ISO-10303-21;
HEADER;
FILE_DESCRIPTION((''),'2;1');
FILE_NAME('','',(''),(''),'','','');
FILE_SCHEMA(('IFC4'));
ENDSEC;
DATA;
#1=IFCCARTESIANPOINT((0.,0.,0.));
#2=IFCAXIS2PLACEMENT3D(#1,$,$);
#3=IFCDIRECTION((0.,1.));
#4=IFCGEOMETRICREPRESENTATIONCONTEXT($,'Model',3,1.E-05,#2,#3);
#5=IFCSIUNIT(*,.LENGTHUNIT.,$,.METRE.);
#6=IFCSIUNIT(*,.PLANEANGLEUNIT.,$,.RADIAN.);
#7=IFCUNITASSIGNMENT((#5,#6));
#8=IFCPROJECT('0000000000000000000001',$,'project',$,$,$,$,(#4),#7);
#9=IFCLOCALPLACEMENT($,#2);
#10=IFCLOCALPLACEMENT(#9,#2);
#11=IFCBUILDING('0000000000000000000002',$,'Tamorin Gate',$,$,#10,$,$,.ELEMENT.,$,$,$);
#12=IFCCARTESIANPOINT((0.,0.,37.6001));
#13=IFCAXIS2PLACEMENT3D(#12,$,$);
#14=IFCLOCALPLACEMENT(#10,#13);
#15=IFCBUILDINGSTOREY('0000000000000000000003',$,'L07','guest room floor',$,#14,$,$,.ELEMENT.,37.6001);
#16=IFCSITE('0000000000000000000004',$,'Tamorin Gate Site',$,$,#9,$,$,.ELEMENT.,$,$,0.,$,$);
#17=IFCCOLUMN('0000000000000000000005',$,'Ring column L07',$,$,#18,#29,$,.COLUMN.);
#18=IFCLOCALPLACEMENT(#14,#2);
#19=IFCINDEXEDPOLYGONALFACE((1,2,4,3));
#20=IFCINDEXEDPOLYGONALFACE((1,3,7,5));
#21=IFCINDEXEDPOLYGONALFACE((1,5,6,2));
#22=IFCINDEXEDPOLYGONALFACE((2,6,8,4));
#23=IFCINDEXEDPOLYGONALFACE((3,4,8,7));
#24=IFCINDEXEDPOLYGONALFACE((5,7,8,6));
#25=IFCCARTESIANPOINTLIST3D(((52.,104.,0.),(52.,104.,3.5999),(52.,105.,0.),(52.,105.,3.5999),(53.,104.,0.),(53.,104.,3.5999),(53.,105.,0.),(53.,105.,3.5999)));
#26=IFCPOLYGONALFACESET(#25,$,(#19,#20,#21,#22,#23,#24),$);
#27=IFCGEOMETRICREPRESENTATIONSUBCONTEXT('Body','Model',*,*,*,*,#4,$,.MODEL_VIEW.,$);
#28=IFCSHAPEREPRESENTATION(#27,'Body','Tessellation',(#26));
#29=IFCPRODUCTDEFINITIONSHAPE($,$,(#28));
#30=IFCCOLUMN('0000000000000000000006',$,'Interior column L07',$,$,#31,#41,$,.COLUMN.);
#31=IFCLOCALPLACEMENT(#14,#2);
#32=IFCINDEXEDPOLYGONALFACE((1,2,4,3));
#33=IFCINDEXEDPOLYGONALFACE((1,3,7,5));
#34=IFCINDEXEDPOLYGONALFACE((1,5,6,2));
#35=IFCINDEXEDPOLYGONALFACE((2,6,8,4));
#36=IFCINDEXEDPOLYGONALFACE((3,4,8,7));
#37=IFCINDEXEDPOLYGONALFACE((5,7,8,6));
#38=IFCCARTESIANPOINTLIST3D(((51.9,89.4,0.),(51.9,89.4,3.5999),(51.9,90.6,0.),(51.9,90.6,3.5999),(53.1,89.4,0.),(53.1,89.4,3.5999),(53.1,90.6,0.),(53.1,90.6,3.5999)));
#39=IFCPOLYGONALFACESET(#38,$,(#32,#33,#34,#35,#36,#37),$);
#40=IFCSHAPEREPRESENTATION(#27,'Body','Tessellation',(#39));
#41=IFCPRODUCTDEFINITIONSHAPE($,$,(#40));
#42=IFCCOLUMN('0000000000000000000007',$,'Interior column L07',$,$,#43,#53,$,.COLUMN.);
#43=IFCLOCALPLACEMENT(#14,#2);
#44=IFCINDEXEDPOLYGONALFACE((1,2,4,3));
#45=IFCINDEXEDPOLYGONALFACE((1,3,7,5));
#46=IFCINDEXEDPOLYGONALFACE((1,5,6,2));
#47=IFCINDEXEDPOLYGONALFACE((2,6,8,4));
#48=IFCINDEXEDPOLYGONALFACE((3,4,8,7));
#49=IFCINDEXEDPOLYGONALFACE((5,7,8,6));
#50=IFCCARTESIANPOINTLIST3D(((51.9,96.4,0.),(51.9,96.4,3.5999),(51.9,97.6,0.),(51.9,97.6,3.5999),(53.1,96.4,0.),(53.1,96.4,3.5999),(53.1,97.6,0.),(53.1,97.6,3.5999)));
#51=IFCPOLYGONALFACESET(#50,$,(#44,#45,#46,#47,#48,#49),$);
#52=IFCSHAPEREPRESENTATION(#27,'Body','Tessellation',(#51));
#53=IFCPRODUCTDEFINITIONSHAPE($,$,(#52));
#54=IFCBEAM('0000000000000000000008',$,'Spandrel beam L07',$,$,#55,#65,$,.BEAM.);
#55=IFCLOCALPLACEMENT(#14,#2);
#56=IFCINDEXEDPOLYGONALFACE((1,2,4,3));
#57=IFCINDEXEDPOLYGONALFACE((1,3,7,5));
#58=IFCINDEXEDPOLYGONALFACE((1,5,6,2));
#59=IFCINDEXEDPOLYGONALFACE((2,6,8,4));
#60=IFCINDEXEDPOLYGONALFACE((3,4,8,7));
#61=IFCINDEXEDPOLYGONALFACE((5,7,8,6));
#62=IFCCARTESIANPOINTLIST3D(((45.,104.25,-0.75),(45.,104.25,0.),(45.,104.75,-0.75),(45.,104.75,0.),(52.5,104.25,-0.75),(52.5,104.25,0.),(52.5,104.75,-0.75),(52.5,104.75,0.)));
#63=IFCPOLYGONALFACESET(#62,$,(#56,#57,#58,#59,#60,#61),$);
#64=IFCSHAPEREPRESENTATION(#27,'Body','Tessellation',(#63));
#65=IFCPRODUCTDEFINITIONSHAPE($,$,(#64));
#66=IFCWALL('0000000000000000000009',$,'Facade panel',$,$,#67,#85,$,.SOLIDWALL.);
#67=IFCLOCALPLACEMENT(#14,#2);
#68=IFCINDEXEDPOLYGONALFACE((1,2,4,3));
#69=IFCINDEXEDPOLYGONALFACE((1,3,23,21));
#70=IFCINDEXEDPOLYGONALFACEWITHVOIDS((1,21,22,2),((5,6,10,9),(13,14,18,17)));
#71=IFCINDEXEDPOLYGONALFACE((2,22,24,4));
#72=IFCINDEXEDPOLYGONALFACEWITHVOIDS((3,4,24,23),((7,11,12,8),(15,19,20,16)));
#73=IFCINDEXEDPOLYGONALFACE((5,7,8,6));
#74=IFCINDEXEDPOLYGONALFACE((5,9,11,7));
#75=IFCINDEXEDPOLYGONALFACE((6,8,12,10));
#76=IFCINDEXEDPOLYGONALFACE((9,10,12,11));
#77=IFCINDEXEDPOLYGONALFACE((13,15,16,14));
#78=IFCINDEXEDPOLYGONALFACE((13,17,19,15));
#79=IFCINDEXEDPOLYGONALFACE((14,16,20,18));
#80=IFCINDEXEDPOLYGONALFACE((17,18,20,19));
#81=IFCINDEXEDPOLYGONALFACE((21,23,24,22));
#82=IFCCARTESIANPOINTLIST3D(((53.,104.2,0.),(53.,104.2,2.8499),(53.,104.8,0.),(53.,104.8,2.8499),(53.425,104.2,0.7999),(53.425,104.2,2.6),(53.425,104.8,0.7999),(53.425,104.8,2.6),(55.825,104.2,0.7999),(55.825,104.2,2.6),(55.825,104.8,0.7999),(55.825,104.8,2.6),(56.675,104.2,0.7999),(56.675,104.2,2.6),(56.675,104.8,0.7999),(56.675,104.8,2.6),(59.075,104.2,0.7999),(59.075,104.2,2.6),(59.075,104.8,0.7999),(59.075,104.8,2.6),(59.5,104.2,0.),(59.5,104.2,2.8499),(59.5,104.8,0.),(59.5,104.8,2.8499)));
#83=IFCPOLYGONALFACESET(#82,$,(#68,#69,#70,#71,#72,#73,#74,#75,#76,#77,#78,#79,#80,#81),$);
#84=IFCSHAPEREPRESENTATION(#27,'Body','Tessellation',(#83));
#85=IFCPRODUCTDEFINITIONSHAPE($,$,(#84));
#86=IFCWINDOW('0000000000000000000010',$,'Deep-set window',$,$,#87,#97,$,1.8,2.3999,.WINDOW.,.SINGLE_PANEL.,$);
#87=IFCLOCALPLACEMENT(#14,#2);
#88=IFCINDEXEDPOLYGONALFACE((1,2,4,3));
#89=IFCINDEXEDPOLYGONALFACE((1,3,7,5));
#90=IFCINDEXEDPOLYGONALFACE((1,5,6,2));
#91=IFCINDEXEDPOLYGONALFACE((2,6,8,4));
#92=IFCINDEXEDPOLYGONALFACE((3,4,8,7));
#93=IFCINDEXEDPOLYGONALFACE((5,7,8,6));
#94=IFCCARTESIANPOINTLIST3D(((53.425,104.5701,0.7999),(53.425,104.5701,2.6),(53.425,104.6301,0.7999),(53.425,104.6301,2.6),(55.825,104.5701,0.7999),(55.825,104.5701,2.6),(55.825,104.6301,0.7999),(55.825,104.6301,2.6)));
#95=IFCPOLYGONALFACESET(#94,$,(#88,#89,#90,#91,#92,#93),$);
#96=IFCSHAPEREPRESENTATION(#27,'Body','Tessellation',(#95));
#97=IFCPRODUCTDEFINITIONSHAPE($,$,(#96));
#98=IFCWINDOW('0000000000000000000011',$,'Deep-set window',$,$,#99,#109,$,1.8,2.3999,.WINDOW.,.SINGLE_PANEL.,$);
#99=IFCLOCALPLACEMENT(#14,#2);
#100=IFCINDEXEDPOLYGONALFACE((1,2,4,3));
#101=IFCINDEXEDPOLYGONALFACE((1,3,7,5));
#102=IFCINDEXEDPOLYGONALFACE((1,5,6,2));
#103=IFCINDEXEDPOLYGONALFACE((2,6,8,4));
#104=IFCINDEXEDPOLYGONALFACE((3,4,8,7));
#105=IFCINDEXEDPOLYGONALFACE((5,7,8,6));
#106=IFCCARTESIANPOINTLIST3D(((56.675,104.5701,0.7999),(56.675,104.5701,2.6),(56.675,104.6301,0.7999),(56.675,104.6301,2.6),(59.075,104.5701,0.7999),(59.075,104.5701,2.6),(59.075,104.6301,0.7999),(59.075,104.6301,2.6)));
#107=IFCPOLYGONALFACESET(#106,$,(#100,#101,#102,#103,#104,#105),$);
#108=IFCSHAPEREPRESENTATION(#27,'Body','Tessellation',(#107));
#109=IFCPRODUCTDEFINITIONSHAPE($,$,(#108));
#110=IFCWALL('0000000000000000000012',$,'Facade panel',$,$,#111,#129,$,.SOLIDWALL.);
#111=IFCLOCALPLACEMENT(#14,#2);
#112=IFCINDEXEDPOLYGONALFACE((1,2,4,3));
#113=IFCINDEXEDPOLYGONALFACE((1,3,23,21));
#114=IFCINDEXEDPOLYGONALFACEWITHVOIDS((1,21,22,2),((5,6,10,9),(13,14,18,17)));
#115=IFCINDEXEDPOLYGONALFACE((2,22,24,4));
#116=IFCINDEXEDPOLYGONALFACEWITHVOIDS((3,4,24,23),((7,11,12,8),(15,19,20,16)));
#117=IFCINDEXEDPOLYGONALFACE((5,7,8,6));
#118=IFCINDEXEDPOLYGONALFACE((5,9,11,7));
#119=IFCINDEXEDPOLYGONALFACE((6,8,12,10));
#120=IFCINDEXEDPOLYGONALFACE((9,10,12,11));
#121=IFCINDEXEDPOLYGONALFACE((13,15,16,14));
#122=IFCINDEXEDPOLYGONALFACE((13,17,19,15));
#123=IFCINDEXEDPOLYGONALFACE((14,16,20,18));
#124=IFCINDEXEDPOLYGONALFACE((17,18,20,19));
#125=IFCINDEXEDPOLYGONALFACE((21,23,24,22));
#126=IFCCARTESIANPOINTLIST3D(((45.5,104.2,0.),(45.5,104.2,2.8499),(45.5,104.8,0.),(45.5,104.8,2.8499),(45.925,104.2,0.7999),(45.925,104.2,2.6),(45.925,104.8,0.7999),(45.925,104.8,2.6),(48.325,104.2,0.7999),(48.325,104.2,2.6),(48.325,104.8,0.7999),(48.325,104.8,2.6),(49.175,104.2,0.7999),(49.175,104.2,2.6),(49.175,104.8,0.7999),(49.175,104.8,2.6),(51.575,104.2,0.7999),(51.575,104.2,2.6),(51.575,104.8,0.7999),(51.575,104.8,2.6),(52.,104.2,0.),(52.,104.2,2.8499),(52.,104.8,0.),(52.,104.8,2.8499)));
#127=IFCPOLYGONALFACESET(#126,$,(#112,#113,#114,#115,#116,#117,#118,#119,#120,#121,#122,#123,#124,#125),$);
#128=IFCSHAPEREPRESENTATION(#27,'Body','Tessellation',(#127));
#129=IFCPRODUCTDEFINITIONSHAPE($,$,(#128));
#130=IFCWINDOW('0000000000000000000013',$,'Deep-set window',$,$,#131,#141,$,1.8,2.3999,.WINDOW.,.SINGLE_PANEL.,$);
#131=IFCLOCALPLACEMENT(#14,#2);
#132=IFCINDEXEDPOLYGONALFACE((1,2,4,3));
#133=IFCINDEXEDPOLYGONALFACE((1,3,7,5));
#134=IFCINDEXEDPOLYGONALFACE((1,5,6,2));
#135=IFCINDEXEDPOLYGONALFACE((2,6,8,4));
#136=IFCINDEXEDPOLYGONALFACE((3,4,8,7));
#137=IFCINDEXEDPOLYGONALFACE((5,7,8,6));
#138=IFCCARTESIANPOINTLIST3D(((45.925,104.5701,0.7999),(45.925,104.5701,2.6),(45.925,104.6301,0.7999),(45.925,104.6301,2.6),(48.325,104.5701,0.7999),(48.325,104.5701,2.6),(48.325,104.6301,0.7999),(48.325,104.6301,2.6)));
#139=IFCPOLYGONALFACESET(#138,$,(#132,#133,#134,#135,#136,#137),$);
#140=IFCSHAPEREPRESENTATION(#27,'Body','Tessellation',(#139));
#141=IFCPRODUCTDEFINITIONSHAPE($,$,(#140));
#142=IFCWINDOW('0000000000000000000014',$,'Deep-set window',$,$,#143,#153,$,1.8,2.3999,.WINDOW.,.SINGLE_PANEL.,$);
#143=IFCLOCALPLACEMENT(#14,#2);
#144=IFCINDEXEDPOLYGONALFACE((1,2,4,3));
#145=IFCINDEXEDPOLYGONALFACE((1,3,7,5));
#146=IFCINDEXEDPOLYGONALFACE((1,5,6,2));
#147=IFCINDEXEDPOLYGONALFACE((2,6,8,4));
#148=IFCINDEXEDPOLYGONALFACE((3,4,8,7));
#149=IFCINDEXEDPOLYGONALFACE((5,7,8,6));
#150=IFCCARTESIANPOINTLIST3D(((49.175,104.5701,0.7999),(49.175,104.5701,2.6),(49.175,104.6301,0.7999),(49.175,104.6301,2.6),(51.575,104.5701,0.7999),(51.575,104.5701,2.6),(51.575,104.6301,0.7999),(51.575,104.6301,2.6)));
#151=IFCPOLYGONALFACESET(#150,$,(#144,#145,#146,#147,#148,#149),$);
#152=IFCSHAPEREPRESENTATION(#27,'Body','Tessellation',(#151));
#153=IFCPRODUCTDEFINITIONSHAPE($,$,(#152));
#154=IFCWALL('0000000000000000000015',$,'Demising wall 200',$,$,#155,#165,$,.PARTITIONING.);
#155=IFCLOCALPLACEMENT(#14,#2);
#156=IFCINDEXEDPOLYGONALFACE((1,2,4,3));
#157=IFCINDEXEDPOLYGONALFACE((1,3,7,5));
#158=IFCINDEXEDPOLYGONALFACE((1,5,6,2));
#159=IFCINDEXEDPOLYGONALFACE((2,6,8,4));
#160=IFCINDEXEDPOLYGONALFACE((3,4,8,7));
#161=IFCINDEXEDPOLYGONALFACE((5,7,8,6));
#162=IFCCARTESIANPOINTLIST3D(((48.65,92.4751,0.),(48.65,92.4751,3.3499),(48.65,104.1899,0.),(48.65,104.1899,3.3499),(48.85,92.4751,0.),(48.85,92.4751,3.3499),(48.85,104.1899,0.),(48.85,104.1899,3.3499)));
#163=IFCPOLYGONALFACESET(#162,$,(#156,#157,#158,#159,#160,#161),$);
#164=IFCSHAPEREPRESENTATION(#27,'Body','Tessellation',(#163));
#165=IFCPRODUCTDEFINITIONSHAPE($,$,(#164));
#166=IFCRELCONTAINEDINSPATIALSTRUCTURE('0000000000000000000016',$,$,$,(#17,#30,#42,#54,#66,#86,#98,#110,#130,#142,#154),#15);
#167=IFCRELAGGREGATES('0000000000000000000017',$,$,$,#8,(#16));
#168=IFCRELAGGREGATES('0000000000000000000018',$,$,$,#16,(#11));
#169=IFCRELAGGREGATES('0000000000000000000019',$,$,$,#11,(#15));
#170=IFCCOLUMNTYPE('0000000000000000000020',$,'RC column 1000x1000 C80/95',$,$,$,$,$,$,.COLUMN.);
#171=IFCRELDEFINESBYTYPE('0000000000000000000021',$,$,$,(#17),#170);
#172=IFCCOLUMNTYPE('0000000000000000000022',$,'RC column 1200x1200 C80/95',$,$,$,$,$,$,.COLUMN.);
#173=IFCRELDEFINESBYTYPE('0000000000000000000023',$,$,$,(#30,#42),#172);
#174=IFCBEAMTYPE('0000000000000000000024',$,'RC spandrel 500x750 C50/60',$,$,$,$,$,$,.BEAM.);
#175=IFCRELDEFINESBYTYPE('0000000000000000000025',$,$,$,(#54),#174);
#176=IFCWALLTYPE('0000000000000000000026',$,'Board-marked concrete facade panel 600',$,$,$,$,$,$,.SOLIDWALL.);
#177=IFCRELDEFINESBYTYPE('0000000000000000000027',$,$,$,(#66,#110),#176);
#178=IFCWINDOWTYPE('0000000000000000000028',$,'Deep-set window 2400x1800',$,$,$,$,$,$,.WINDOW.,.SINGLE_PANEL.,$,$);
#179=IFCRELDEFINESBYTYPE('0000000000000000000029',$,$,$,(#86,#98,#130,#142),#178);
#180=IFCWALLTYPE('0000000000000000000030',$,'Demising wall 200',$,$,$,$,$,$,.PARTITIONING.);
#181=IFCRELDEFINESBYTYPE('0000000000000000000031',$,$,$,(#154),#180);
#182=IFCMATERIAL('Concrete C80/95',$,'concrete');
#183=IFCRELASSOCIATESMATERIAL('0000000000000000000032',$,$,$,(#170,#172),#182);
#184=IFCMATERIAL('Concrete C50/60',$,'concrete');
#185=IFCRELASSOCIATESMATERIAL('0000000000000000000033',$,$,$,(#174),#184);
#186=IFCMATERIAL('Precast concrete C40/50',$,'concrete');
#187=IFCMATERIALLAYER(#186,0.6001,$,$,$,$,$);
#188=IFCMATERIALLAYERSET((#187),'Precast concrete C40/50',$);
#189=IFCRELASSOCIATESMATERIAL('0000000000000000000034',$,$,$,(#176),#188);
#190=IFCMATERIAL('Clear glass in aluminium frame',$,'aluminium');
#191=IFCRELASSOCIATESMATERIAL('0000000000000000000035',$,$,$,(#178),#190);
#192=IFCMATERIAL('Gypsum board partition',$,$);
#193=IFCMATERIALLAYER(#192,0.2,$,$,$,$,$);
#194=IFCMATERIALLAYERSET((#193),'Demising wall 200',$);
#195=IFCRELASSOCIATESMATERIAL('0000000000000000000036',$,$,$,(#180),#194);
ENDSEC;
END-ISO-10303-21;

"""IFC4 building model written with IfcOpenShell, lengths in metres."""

from ifc_helpers import new_model, si_unit, direction, frame, frame_2d, origin, origin_2d, place, context, subcontext, project, spatial, rectangle, extrude, material, layer, layer_set, material_profile, profile_set, type_object, element, fill, save


model = new_model("IFC4")

# Units and contexts
model_context = context("Model", 3, precision=1e-05, world=origin(), true_north=direction((0.0, 1.0)))
body_context = subcontext(model_context, "Body", "Model", "MODEL_VIEW")
ifc_project = project(units=[si_unit("LENGTHUNIT", "METRE"), si_unit("PLANEANGLEUNIT", "RADIAN")], contexts=[model_context])

# Site, building, storey
site_placement = place(None, origin())
site = spatial("IfcSite", under=ifc_project, at=site_placement, Name="Tamorin Gate Site", CompositionType="ELEMENT", RefElevation=0.0)
building_placement = place(site_placement, origin())
building = spatial("IfcBuilding", under=site, at=building_placement, Name="Tamorin Gate", CompositionType="ELEMENT")
storey_placement = place(building_placement, frame((0.0, 0.0, 37.6001)))
storey = spatial("IfcBuildingStorey", under=building, at=storey_placement, Name="L07", Description="guest room floor", CompositionType="ELEMENT", Elevation=37.6001)

# Columns
ifc_material_1 = material(Name="Concrete C80/95", Category="concrete")
ifc_material_profile_1 = material_profile(ifc_material_1, rectangle(XDim=1.0, YDim=1.0, at=origin_2d()), Name="RC 1000x1000")
ifc_profile_set_1 = profile_set([ifc_material_profile_1], Name="Concrete C80/95")
column_type_1 = type_object("IfcColumnType", Name="RC column 1000x1000 C80/95", PredefinedType="COLUMN", material=ifc_profile_set_1)
column_placement = place(storey_placement, frame((52.5, 104.5, 0.0), z_axis=(0.0, 0.0, 1.0), x_axis=(1.0, 0.0, 0.0)))
element("IfcColumn", 1, at=column_placement, inside=storey, type_object=column_type_1, Name="Ring column L07", PredefinedType="COLUMN", context=body_context, shape_type="SweptSolid", body=[
    extrude(rectangle(XDim=1.0, YDim=1.0, at=origin_2d()), origin(), (0.0, 0.0, 1.0), 3.5999),
])
ifc_material_profile_2 = material_profile(ifc_material_1, rectangle(XDim=1.2, YDim=1.2, at=origin_2d()), Name="RC 1200x1200")
ifc_profile_set_2 = profile_set([ifc_material_profile_2], Name="Concrete C80/95")
column_type_2 = type_object("IfcColumnType", Name="RC column 1200x1200 C80/95", PredefinedType="COLUMN", material=ifc_profile_set_2)
for number, where, z_axis, x_axis, name in (
    (2, (52.5, 90.0, 0.0), (0.0, 0.0, 1.0), (1.0, 0.0, 0.0), "Interior column L07"),
    (3, (52.5, 97.0, 0.0), (0.0, 0.0, 1.0), (1.0, 0.0, 0.0), "Interior column L07"),
):
    element("IfcColumn", number, at=place(storey_placement, frame(where, z_axis=z_axis, x_axis=x_axis)), inside=storey, type_object=column_type_2, Name=name, PredefinedType="COLUMN", context=body_context, shape_type="SweptSolid", body=[
        extrude(rectangle(XDim=1.2, YDim=1.2, at=origin_2d()), origin(), (0.0, 0.0, 1.0), 3.5999),
    ])

# Beam
ifc_material_2 = material(Name="Concrete C50/60", Category="concrete")
ifc_material_profile_3 = material_profile(ifc_material_2, rectangle(XDim=0.5, YDim=0.75, at=origin_2d()), Name="RC 500x750")
ifc_profile_set_3 = profile_set([ifc_material_profile_3], Name="Concrete C50/60")
beam_type = type_object("IfcBeamType", Name="RC spandrel 500x750 C50/60", PredefinedType="BEAM", material=ifc_profile_set_3)
beam_placement = place(storey_placement, frame((52.5, 104.5, -0.375), z_axis=(-1.0, 0.0, 0.0), x_axis=(0.0, -1.0, 0.0)))
element("IfcBeam", 4, at=beam_placement, inside=storey, type_object=beam_type, Name="Spandrel beam L07", PredefinedType="BEAM", context=body_context, shape_type="SweptSolid", body=[
    extrude(rectangle(XDim=0.5, YDim=0.75, at=origin_2d()), origin(), (0.0, 0.0, 1.0), 7.5),
])

# Walls, openings, windows
ifc_material_3 = material(Name="Precast concrete C40/50", Category="concrete")
ifc_layer_1 = layer(ifc_material_3, 0.6001)
ifc_layer_set_1 = layer_set([ifc_layer_1], Name="Precast concrete C40/50")
wall_type_1 = type_object("IfcWallType", Name="Board-marked concrete facade panel 600", PredefinedType="SOLIDWALL", material=ifc_layer_set_1)
wall_1_placement = place(storey_placement, frame((59.5, 104.5, 0.0), z_axis=(0.0, 0.0, 1.0), x_axis=(-1.0, 0.0, 0.0)))
wall_1 = element("IfcWall", 5, at=wall_1_placement, inside=storey, type_object=wall_type_1, Name="Facade panel", PredefinedType="SOLIDWALL", context=body_context, shape_type="SweptSolid", body=[
    extrude(rectangle(XDim=6.5, YDim=0.6001, at=frame_2d((3.25, 0.0))), origin(), (0.0, 0.0, 1.0), 2.8499),
])
opening_1_placement = place(wall_1_placement, frame((3.675, 0.0, 0.8)))
opening_1 = element("IfcOpeningElement", 6, at=opening_1_placement, cuts=wall_1, PredefinedType="OPENING", context=body_context, shape_type="SweptSolid", body=[
    extrude(rectangle(XDim=2.3999, YDim=1.8, at=frame_2d((1.2, 0.8999))), frame((0.0, 0.3101, 0.0), z_axis=(0.0, -1.0, 0.0), x_axis=(1.0, 0.0, 0.0)), (0.0, 0.0, 1.0), 0.6201),
])
opening_2_placement = place(wall_1_placement, frame((0.425, 0.0, 0.8)))
opening_2 = element("IfcOpeningElement", 7, at=opening_2_placement, cuts=wall_1, PredefinedType="OPENING", context=body_context, shape_type="SweptSolid", body=[
    extrude(rectangle(XDim=2.3999, YDim=1.8, at=frame_2d((1.2, 0.8999))), frame((0.0, 0.3101, 0.0), z_axis=(0.0, -1.0, 0.0), x_axis=(1.0, 0.0, 0.0)), (0.0, 0.0, 1.0), 0.6201),
])
ifc_material_4 = material(Name="Clear glass in aluminium frame", Category="aluminium")
window_type = type_object("IfcWindowType", Name="Deep-set window 2400x1800", PartitioningType="SINGLE_PANEL", PredefinedType="WINDOW", material=ifc_material_4)
window_1_placement = place(opening_1_placement, origin())
window_1 = element("IfcWindow", 8, at=window_1_placement, inside=storey, type_object=window_type, Name="Deep-set window", OverallHeight=1.8, OverallWidth=2.3999, PartitioningType="SINGLE_PANEL", PredefinedType="WINDOW", context=body_context, shape_type="SweptSolid", body=[
    extrude(rectangle(XDim=2.3999, YDim=1.8, at=frame_2d((1.2, 0.8999))), frame((0.0, -0.0701, 0.0), z_axis=(0.0, -1.0, 0.0), x_axis=(1.0, 0.0, 0.0)), (0.0, 0.0, 1.0), 0.0601),
])
fill(opening_1, window_1)
window_2_placement = place(opening_2_placement, origin())
window_2 = element("IfcWindow", 9, at=window_2_placement, inside=storey, type_object=window_type, Name="Deep-set window", OverallHeight=1.8, OverallWidth=2.3999, PartitioningType="SINGLE_PANEL", PredefinedType="WINDOW", context=body_context, shape_type="SweptSolid", body=[
    extrude(rectangle(XDim=2.3999, YDim=1.8, at=frame_2d((1.2, 0.8999))), frame((0.0, -0.0701, 0.0), z_axis=(0.0, -1.0, 0.0), x_axis=(1.0, 0.0, 0.0)), (0.0, 0.0, 1.0), 0.0601),
])
fill(opening_2, window_2)
wall_2_placement = place(storey_placement, frame((52.0, 104.5, 0.0), z_axis=(0.0, 0.0, 1.0), x_axis=(-1.0, 0.0, 0.0)))
wall_2 = element("IfcWall", 10, at=wall_2_placement, inside=storey, type_object=wall_type_1, Name="Facade panel", PredefinedType="SOLIDWALL", context=body_context, shape_type="SweptSolid", body=[
    extrude(rectangle(XDim=6.5, YDim=0.6001, at=frame_2d((3.25, 0.0))), origin(), (0.0, 0.0, 1.0), 2.8499),
])
opening_3_placement = place(wall_2_placement, frame((3.675, 0.0, 0.8)))
opening_3 = element("IfcOpeningElement", 11, at=opening_3_placement, cuts=wall_2, PredefinedType="OPENING", context=body_context, shape_type="SweptSolid", body=[
    extrude(rectangle(XDim=2.3999, YDim=1.8, at=frame_2d((1.2, 0.8999))), frame((0.0, 0.3101, 0.0), z_axis=(0.0, -1.0, 0.0), x_axis=(1.0, 0.0, 0.0)), (0.0, 0.0, 1.0), 0.6201),
])
opening_4_placement = place(wall_2_placement, frame((0.425, 0.0, 0.8)))
opening_4 = element("IfcOpeningElement", 12, at=opening_4_placement, cuts=wall_2, PredefinedType="OPENING", context=body_context, shape_type="SweptSolid", body=[
    extrude(rectangle(XDim=2.3999, YDim=1.8, at=frame_2d((1.2, 0.8999))), frame((0.0, 0.3101, 0.0), z_axis=(0.0, -1.0, 0.0), x_axis=(1.0, 0.0, 0.0)), (0.0, 0.0, 1.0), 0.6201),
])
window_3_placement = place(opening_3_placement, origin())
window_3 = element("IfcWindow", 13, at=window_3_placement, inside=storey, type_object=window_type, Name="Deep-set window", OverallHeight=1.8, OverallWidth=2.3999, PartitioningType="SINGLE_PANEL", PredefinedType="WINDOW", context=body_context, shape_type="SweptSolid", body=[
    extrude(rectangle(XDim=2.3999, YDim=1.8, at=frame_2d((1.2, 0.8999))), frame((0.0, -0.0701, 0.0), z_axis=(0.0, -1.0, 0.0), x_axis=(1.0, 0.0, 0.0)), (0.0, 0.0, 1.0), 0.0601),
])
fill(opening_3, window_3)
window_4_placement = place(opening_4_placement, origin())
window_4 = element("IfcWindow", 14, at=window_4_placement, inside=storey, type_object=window_type, Name="Deep-set window", OverallHeight=1.8, OverallWidth=2.3999, PartitioningType="SINGLE_PANEL", PredefinedType="WINDOW", context=body_context, shape_type="SweptSolid", body=[
    extrude(rectangle(XDim=2.3999, YDim=1.8, at=frame_2d((1.2, 0.8999))), frame((0.0, -0.0701, 0.0), z_axis=(0.0, -1.0, 0.0), x_axis=(1.0, 0.0, 0.0)), (0.0, 0.0, 1.0), 0.0601),
])
fill(opening_4, window_4)

# Wall
ifc_material_5 = material(Name="Gypsum board partition")
ifc_layer_2 = layer(ifc_material_5, 0.2)
ifc_layer_set_2 = layer_set([ifc_layer_2], Name="Demising wall 200")
wall_type_2 = type_object("IfcWallType", Name="Demising wall 200", PredefinedType="PARTITIONING", material=ifc_layer_set_2)
for number, where, z_axis, x_axis, name in (
    (15, (48.75, 92.4751, 0.0), (0.0, 0.0, 1.0), (0.0, 1.0, 0.0), "Demising wall 200"),
):
    element("IfcWall", number, at=place(storey_placement, frame(where, z_axis=z_axis, x_axis=x_axis)), inside=storey, type_object=wall_type_2, Name=name, PredefinedType="PARTITIONING", context=body_context, shape_type="SweptSolid", body=[
        extrude(rectangle(XDim=11.7148, YDim=0.2, at=frame_2d((5.8574, 0.0))), origin(), (0.0, 0.0, 1.0), 3.3499),
    ])

save(model, "model.ifc")
